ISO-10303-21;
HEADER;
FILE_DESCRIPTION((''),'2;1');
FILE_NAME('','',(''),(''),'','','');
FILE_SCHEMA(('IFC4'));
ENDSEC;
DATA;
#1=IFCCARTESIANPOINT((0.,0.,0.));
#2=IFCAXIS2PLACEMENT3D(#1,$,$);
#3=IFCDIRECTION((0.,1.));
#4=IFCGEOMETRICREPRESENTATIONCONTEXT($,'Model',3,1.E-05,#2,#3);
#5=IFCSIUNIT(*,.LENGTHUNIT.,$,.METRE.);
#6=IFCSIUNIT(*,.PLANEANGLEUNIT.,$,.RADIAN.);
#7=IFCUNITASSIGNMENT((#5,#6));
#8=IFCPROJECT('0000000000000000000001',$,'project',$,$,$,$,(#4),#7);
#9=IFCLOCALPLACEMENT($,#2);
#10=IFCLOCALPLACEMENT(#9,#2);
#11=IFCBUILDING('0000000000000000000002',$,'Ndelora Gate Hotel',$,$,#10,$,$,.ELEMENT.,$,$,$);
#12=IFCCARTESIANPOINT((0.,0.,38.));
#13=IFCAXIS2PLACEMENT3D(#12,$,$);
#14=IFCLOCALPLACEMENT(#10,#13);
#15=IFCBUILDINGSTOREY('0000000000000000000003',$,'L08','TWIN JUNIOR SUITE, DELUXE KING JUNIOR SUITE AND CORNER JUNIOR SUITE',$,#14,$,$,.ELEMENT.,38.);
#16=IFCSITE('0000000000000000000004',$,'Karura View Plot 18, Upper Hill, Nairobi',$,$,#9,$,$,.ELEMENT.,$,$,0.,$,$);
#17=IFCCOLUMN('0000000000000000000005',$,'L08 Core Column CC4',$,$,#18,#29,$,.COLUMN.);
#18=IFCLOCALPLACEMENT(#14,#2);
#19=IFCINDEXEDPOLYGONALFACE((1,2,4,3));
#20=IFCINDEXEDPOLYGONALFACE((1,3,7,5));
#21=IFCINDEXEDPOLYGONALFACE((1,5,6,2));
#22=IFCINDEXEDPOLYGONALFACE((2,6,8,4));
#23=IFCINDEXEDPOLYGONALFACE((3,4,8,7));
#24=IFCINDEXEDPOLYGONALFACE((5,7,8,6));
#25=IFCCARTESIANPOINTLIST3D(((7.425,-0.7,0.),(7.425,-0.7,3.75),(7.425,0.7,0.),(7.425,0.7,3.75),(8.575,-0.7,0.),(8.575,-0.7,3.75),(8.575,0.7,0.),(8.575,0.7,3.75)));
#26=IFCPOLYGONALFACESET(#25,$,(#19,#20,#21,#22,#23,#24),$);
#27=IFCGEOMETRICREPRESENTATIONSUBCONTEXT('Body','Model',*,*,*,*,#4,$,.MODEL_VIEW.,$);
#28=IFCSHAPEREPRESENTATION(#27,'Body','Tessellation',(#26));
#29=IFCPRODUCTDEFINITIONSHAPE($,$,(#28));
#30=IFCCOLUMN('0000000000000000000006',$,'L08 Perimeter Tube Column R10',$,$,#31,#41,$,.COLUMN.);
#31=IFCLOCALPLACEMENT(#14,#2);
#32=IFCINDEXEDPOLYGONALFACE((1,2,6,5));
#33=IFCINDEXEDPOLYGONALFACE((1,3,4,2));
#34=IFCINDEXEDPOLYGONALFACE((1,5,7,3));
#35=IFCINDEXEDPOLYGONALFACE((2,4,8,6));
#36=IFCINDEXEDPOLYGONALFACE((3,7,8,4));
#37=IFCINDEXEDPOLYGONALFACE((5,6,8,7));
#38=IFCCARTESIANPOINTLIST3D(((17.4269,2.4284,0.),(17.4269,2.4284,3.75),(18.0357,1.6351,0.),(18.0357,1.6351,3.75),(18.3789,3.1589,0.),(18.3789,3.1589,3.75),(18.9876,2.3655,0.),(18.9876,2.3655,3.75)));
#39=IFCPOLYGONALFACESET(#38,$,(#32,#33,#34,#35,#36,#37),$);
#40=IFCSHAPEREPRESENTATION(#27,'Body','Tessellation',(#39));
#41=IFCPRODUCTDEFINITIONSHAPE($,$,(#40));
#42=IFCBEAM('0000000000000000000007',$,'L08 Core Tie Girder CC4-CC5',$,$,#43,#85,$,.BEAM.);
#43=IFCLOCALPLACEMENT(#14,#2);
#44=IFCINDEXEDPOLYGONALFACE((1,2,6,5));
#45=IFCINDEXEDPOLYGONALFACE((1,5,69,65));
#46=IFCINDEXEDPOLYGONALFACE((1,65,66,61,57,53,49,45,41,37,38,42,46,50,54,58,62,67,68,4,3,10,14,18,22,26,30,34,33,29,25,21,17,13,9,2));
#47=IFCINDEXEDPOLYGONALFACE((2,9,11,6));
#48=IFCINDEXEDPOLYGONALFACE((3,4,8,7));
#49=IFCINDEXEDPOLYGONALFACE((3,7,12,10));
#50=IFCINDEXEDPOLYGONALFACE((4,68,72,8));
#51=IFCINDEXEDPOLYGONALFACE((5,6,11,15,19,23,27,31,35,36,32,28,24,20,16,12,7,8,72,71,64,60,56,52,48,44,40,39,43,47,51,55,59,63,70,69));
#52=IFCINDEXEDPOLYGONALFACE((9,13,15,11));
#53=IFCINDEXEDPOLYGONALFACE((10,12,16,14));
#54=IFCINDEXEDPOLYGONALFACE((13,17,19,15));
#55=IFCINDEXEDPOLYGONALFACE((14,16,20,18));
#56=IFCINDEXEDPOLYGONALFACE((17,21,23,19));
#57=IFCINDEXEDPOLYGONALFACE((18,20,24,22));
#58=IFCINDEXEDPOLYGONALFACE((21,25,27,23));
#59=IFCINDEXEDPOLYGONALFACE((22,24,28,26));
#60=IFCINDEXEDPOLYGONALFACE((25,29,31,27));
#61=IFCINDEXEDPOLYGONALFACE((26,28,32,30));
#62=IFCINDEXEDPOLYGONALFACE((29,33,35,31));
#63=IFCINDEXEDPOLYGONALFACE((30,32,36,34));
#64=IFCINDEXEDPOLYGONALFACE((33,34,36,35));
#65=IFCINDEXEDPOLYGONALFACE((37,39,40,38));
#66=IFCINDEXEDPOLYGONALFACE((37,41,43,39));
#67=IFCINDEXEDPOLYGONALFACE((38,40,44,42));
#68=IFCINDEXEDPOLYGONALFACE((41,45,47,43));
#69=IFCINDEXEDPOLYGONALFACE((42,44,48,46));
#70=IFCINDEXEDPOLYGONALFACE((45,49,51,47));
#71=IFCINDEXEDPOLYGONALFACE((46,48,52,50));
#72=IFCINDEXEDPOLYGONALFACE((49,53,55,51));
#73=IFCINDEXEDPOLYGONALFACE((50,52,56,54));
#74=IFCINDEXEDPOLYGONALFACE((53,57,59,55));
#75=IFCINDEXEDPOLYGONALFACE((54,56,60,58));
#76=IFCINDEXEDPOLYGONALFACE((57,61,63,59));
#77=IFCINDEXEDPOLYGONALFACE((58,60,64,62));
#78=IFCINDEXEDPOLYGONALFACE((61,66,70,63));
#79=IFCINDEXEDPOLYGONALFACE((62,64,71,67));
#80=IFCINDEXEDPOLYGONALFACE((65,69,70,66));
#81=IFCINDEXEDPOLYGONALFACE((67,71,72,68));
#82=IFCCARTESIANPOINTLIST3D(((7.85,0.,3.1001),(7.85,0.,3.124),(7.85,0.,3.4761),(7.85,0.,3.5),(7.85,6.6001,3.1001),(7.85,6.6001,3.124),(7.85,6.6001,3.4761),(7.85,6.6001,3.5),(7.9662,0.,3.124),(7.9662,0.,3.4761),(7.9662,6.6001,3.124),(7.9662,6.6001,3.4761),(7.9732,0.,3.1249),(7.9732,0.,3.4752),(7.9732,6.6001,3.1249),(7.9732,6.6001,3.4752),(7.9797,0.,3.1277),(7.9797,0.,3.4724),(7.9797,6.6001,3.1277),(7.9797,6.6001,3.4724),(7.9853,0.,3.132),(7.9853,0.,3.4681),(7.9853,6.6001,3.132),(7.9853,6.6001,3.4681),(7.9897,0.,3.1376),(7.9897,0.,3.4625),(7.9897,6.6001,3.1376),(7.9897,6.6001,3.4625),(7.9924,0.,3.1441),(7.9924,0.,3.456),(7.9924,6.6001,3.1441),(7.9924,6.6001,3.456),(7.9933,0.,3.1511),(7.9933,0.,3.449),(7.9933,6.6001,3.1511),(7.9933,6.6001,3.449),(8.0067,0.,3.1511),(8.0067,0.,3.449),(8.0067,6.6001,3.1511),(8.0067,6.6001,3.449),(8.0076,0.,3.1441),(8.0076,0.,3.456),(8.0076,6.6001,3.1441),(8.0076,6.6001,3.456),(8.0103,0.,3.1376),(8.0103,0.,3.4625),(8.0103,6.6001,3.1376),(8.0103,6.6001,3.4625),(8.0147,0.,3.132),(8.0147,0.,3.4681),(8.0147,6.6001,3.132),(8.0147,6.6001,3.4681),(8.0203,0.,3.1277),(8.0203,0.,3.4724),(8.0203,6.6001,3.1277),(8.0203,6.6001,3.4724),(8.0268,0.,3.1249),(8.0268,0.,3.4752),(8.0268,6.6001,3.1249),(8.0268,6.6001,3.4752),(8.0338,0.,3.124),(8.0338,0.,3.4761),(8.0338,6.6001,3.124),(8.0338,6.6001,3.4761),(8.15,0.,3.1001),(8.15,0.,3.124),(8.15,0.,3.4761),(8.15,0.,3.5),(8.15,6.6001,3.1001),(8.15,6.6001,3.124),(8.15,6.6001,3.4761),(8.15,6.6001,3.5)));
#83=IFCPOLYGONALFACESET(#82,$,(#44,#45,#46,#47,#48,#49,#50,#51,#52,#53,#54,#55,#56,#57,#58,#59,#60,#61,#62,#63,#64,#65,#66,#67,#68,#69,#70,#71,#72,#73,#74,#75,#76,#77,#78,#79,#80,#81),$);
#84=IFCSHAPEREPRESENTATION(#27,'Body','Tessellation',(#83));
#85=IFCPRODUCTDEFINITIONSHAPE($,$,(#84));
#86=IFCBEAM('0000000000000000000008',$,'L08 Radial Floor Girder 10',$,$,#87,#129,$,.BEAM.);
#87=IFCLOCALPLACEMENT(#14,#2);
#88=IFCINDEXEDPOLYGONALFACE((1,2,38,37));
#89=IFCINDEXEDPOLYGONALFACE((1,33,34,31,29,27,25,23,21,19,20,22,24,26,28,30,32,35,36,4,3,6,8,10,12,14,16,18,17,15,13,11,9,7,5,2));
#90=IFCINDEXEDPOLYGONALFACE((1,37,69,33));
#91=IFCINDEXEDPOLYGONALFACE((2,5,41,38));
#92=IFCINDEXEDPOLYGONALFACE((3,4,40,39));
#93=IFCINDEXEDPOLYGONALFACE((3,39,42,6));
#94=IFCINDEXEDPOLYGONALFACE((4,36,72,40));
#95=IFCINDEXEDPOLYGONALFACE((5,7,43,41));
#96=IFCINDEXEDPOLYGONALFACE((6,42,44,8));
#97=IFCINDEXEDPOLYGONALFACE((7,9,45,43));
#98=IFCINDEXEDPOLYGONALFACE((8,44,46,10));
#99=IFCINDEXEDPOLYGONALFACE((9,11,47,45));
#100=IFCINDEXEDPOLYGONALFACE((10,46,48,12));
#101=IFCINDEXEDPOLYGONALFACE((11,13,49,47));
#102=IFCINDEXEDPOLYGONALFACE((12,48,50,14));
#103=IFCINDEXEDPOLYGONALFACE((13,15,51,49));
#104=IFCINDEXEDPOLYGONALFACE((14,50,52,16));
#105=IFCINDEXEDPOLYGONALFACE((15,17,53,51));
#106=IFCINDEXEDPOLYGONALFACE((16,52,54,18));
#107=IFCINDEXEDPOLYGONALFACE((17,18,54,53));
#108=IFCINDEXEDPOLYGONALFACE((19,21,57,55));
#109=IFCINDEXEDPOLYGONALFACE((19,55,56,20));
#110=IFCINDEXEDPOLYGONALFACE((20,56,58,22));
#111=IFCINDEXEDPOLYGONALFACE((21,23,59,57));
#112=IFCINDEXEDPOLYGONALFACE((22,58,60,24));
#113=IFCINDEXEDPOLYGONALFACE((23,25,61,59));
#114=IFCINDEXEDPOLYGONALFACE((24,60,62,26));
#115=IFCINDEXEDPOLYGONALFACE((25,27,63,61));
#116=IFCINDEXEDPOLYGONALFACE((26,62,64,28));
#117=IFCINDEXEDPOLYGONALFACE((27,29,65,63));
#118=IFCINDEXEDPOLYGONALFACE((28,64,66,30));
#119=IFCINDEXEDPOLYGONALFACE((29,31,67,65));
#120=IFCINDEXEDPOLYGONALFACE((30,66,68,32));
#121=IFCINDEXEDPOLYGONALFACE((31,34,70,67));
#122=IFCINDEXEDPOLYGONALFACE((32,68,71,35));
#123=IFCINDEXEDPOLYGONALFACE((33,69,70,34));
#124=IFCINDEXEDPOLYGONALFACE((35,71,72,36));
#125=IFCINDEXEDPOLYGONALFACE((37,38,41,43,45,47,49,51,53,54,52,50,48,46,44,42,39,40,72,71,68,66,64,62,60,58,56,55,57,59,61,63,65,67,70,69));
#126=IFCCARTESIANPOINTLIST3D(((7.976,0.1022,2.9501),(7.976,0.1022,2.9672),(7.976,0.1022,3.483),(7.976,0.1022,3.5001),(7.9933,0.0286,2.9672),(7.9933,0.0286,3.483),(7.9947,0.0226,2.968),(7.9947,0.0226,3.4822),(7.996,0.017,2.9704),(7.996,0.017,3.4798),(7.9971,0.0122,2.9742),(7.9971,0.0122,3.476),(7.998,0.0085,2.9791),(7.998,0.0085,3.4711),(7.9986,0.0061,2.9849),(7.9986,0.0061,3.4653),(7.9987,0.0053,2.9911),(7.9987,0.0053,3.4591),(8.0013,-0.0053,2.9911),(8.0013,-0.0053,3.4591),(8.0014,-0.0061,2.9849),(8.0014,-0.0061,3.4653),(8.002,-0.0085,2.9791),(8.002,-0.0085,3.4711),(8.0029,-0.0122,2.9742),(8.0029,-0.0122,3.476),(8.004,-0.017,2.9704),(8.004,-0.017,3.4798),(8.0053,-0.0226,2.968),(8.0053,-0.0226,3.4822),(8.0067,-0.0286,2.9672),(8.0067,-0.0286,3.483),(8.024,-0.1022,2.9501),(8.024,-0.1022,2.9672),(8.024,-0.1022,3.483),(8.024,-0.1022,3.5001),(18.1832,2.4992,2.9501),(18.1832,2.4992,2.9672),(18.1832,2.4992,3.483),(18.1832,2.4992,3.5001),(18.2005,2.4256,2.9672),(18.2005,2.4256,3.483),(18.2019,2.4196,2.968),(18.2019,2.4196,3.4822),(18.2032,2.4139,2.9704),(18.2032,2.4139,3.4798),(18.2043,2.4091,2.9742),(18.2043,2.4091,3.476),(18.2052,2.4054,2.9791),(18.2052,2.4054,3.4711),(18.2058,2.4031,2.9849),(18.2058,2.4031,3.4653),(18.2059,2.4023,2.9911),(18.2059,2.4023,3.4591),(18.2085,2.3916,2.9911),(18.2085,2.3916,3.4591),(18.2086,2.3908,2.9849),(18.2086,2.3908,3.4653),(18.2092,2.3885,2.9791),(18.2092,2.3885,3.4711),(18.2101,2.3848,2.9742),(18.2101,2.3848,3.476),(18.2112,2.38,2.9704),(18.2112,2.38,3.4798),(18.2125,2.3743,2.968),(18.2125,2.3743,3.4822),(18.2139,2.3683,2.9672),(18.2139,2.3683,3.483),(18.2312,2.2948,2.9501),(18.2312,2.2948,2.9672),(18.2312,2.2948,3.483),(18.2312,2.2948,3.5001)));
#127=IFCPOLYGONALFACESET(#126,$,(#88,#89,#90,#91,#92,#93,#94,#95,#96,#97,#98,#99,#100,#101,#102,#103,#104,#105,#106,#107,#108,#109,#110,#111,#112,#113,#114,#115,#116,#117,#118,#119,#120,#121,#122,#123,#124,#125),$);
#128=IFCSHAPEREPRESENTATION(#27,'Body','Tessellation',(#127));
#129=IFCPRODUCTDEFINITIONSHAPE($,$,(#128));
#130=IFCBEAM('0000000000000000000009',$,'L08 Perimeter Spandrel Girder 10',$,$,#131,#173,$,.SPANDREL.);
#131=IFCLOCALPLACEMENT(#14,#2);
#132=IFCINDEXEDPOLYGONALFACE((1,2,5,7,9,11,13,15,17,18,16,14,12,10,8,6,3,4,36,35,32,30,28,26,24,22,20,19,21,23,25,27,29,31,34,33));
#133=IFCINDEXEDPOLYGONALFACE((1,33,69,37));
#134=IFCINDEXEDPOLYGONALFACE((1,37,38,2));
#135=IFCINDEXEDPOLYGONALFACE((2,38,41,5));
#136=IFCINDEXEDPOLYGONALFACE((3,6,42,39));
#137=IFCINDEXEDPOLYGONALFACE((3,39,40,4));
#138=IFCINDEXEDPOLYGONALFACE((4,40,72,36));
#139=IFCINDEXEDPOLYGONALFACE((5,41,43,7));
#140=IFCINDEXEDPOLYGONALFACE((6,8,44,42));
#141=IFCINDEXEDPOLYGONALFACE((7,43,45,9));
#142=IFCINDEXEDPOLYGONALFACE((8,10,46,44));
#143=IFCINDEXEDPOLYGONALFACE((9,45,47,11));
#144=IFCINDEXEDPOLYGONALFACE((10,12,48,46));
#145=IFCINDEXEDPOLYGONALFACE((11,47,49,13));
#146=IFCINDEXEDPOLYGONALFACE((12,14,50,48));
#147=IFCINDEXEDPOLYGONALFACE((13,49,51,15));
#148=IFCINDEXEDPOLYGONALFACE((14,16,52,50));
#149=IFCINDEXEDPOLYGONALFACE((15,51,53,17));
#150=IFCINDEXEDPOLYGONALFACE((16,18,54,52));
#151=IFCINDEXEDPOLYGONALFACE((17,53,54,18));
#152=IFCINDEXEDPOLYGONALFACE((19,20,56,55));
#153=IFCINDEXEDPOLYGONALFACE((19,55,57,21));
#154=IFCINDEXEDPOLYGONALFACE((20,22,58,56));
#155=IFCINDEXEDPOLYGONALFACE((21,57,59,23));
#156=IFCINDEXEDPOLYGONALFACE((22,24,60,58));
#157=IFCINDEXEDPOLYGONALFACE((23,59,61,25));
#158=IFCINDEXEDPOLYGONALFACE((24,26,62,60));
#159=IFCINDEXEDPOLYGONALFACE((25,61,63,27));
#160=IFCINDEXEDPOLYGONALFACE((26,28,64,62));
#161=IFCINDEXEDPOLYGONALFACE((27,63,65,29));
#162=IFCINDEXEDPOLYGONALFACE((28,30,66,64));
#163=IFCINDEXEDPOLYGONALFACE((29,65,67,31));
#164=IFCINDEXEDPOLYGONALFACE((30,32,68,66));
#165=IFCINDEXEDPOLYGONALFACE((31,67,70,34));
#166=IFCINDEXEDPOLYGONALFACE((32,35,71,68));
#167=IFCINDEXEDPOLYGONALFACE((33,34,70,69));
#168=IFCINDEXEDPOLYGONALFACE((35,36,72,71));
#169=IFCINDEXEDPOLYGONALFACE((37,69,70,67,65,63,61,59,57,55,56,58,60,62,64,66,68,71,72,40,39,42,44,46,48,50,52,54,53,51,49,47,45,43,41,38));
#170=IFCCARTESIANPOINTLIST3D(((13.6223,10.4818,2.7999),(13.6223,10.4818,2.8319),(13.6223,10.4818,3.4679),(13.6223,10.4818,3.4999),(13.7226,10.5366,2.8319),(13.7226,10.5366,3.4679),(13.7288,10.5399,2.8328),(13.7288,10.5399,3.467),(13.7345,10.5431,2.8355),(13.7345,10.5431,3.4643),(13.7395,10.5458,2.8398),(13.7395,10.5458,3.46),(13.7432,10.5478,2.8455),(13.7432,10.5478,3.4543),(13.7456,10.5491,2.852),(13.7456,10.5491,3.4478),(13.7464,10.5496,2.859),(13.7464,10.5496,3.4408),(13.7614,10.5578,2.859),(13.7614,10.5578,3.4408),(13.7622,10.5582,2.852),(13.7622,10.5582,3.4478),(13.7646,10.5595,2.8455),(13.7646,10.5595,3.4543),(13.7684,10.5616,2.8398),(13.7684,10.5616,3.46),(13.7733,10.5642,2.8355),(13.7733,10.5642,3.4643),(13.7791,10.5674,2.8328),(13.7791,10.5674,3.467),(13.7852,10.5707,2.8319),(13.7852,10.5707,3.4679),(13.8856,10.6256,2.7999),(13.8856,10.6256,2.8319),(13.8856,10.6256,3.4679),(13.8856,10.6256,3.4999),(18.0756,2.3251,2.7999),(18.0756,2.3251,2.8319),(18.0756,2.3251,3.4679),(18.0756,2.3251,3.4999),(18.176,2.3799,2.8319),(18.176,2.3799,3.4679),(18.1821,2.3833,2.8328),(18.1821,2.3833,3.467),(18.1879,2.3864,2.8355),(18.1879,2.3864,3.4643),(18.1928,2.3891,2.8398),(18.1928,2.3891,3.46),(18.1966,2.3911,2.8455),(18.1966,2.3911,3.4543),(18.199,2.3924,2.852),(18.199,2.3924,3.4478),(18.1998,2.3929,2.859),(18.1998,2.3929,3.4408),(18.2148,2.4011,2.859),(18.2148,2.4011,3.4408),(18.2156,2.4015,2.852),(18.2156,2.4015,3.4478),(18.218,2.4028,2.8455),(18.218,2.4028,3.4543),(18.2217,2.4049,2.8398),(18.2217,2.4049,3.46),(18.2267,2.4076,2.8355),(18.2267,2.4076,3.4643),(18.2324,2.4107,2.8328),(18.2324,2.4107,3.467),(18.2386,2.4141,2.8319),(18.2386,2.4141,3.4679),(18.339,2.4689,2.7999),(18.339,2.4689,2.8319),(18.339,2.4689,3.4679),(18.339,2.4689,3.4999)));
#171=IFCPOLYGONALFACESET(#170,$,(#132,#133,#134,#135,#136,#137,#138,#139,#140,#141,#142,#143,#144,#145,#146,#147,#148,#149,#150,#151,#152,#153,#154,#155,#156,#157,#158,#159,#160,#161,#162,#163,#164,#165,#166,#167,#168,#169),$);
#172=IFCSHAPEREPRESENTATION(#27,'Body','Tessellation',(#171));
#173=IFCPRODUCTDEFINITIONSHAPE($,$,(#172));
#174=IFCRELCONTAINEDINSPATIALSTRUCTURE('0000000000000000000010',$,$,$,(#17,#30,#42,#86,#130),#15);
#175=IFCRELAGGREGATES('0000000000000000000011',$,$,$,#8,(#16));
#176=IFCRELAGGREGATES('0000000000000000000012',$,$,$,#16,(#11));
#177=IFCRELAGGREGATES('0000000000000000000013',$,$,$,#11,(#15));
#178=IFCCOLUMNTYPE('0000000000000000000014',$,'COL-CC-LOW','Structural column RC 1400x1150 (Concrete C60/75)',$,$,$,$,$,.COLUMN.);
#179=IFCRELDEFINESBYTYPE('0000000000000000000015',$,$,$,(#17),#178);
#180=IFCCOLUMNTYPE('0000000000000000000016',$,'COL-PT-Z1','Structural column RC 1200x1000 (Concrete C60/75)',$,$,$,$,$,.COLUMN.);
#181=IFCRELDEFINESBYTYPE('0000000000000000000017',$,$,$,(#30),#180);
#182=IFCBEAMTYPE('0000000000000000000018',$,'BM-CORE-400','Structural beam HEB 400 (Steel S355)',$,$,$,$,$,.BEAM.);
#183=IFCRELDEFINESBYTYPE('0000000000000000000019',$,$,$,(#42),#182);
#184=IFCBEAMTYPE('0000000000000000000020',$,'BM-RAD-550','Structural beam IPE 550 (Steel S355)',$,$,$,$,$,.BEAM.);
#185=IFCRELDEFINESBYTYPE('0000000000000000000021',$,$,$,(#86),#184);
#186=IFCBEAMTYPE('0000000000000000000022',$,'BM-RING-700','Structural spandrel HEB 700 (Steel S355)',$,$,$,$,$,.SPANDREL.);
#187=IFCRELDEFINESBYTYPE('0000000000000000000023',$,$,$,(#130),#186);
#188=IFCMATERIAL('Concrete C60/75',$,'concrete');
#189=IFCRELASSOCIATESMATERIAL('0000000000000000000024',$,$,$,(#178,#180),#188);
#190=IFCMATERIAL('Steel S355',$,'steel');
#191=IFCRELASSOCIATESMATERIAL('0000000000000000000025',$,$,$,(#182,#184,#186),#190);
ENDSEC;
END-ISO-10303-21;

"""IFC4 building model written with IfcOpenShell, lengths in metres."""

from ifc_helpers import new_model, si_unit, direction, frame, origin, origin_2d, place, context, subcontext, project, spatial, rectangle, i_section, extrude, material, material_profile, profile_set, type_object, element, save


model = new_model("IFC4")

# Units and contexts
model_context = context("Model", 3, precision=1e-05, world=origin(), true_north=direction((0.0, 1.0)))
body_context = subcontext(model_context, "Body", "Model", "MODEL_VIEW")
ifc_project = project(units=[si_unit("LENGTHUNIT", "METRE"), si_unit("PLANEANGLEUNIT", "RADIAN")], contexts=[model_context])

# Site, building, storey
site_placement = place(None, origin())
site = spatial("IfcSite", under=ifc_project, at=site_placement, Name="Karura View Plot 18, Upper Hill, Nairobi", CompositionType="ELEMENT", RefElevation=0.0)
building_placement = place(site_placement, origin())
building = spatial("IfcBuilding", under=site, at=building_placement, Name="Ndelora Gate Hotel", CompositionType="ELEMENT")
storey_placement = place(building_placement, frame((0.0, 0.0, 38.0)))
storey = spatial("IfcBuildingStorey", under=building, at=storey_placement, Name="L08", Description="TWIN JUNIOR SUITE, DELUXE KING JUNIOR SUITE AND CORNER JUNIOR SUITE", CompositionType="ELEMENT", Elevation=38.0)

# Columns
ifc_material_1 = material(Name="Concrete C60/75", Category="concrete")
ifc_material_profile_1 = material_profile(ifc_material_1, rectangle(XDim=1.1499, YDim=1.3999, at=origin_2d()), Name="RC 1400x1150")
ifc_profile_set_1 = profile_set([ifc_material_profile_1], Name="Concrete C60/75")
column_type_1 = type_object("IfcColumnType", Name="COL-CC-LOW", Description="Structural column RC 1400x1150 (Concrete C60/75)", PredefinedType="COLUMN", material=ifc_profile_set_1)
column_1_placement = place(storey_placement, frame((8.0, 0.0, 0.0), z_axis=(0.0, 0.0, 1.0), x_axis=(1.0, 0.0, 0.0)))
element("IfcColumn", 1, at=column_1_placement, inside=storey, type_object=column_type_1, Name="L08 Core Column CC4", PredefinedType="COLUMN", context=body_context, shape_type="SweptSolid", body=[
    extrude(rectangle(XDim=1.1499, YDim=1.3999, at=origin_2d()), origin(), (0.0, 0.0, 1.0), 3.75),
])
ifc_material_profile_2 = material_profile(ifc_material_1, rectangle(XDim=1.0, YDim=1.2, at=origin_2d()), Name="RC 1200x1000")
ifc_profile_set_2 = profile_set([ifc_material_profile_2], Name="Concrete C60/75")
column_type_2 = type_object("IfcColumnType", Name="COL-PT-Z1", Description="Structural column RC 1200x1000 (Concrete C60/75)", PredefinedType="COLUMN", material=ifc_profile_set_2)
column_2_placement = place(storey_placement, frame((18.2073, 2.397, 0.0), z_axis=(0.0, 0.0, 1.0), x_axis=(-0.608761, 0.793353, 0.0)))
element("IfcColumn", 2, at=column_2_placement, inside=storey, type_object=column_type_2, Name="L08 Perimeter Tube Column R10", PredefinedType="COLUMN", context=body_context, shape_type="SweptSolid", body=[
    extrude(rectangle(XDim=1.0, YDim=1.2, at=origin_2d()), origin(), (0.0, 0.0, 1.0), 3.75),
])

# Beams
ifc_material_2 = material(Name="Steel S355", Category="steel")
ifc_material_profile_3 = material_profile(ifc_material_2, i_section(OverallWidth=0.3, OverallDepth=0.3999, WebThickness=0.0134, FlangeThickness=0.0239, FilletRadius=0.0271, at=origin_2d()), Name="HEB 400")
ifc_profile_set_3 = profile_set([ifc_material_profile_3], Name="Steel S355")
beam_type_1 = type_object("IfcBeamType", Name="BM-CORE-400", Description="Structural beam HEB 400 (Steel S355)", PredefinedType="BEAM", material=ifc_profile_set_3)
beam_1_placement = place(storey_placement, frame((8.0, 0.0, 3.3), z_axis=(0.0, 1.0, 0.0), x_axis=(-1.0, 0.0, 0.0)))
element("IfcBeam", 3, at=beam_1_placement, inside=storey, type_object=beam_type_1, Name="L08 Core Tie Girder CC4-CC5", PredefinedType="BEAM", context=body_context, shape_type="SweptSolid", body=[
    extrude(i_section(OverallWidth=0.3, OverallDepth=0.3999, WebThickness=0.0134, FlangeThickness=0.0239, FilletRadius=0.0271, at=origin_2d()), origin(), (0.0, 0.0, 1.0), 6.6001),
])
ifc_material_profile_4 = material_profile(ifc_material_2, i_section(OverallWidth=0.21, OverallDepth=0.55, WebThickness=0.011, FlangeThickness=0.0171, FilletRadius=0.0239, at=origin_2d()), Name="IPE 550")
ifc_profile_set_4 = profile_set([ifc_material_profile_4], Name="Steel S355")
beam_type_2 = type_object("IfcBeamType", Name="BM-RAD-550", Description="Structural beam IPE 550 (Steel S355)", PredefinedType="BEAM", material=ifc_profile_set_4)
beam_2_placement = place(storey_placement, frame((8.0, 0.0, 3.2251), z_axis=(0.973518, 0.228611, 0.0), x_axis=(-0.228611, 0.973518, 0.0)))
element("IfcBeam", 4, at=beam_2_placement, inside=storey, type_object=beam_type_2, Name="L08 Radial Floor Girder 10", PredefinedType="BEAM", context=body_context, shape_type="SweptSolid", body=[
    extrude(i_section(OverallWidth=0.21, OverallDepth=0.55, WebThickness=0.011, FlangeThickness=0.0171, FilletRadius=0.0239, at=origin_2d()), origin(), (0.0, 0.0, 1.0), 10.4849),
])
ifc_material_profile_5 = material_profile(ifc_material_2, i_section(OverallWidth=0.3, OverallDepth=0.7, WebThickness=0.0171, FlangeThickness=0.032, FilletRadius=0.0271, at=origin_2d()), Name="HEB 700")
ifc_profile_set_5 = profile_set([ifc_material_profile_5], Name="Steel S355")
beam_type_3 = type_object("IfcBeamType", Name="BM-RING-700", Description="Structural spandrel HEB 700 (Steel S355)", PredefinedType="SPANDREL", material=ifc_profile_set_5)
beam_3_placement = place(storey_placement, frame((18.2073, 2.397, 3.1499), z_axis=(-0.479204, 0.877704, 0.0), x_axis=(-0.877704, -0.479204, 0.0)))
element("IfcBeam", 5, at=beam_3_placement, inside=storey, type_object=beam_type_3, Name="L08 Perimeter Spandrel Girder 10", PredefinedType="SPANDREL", context=body_context, shape_type="SweptSolid", body=[
    extrude(i_section(OverallWidth=0.3, OverallDepth=0.7, WebThickness=0.0171, FlangeThickness=0.032, FilletRadius=0.0271, at=origin_2d()), origin(), (0.0, 0.0, 1.0), 9.2932),
])

save(model, "model.ifc")
